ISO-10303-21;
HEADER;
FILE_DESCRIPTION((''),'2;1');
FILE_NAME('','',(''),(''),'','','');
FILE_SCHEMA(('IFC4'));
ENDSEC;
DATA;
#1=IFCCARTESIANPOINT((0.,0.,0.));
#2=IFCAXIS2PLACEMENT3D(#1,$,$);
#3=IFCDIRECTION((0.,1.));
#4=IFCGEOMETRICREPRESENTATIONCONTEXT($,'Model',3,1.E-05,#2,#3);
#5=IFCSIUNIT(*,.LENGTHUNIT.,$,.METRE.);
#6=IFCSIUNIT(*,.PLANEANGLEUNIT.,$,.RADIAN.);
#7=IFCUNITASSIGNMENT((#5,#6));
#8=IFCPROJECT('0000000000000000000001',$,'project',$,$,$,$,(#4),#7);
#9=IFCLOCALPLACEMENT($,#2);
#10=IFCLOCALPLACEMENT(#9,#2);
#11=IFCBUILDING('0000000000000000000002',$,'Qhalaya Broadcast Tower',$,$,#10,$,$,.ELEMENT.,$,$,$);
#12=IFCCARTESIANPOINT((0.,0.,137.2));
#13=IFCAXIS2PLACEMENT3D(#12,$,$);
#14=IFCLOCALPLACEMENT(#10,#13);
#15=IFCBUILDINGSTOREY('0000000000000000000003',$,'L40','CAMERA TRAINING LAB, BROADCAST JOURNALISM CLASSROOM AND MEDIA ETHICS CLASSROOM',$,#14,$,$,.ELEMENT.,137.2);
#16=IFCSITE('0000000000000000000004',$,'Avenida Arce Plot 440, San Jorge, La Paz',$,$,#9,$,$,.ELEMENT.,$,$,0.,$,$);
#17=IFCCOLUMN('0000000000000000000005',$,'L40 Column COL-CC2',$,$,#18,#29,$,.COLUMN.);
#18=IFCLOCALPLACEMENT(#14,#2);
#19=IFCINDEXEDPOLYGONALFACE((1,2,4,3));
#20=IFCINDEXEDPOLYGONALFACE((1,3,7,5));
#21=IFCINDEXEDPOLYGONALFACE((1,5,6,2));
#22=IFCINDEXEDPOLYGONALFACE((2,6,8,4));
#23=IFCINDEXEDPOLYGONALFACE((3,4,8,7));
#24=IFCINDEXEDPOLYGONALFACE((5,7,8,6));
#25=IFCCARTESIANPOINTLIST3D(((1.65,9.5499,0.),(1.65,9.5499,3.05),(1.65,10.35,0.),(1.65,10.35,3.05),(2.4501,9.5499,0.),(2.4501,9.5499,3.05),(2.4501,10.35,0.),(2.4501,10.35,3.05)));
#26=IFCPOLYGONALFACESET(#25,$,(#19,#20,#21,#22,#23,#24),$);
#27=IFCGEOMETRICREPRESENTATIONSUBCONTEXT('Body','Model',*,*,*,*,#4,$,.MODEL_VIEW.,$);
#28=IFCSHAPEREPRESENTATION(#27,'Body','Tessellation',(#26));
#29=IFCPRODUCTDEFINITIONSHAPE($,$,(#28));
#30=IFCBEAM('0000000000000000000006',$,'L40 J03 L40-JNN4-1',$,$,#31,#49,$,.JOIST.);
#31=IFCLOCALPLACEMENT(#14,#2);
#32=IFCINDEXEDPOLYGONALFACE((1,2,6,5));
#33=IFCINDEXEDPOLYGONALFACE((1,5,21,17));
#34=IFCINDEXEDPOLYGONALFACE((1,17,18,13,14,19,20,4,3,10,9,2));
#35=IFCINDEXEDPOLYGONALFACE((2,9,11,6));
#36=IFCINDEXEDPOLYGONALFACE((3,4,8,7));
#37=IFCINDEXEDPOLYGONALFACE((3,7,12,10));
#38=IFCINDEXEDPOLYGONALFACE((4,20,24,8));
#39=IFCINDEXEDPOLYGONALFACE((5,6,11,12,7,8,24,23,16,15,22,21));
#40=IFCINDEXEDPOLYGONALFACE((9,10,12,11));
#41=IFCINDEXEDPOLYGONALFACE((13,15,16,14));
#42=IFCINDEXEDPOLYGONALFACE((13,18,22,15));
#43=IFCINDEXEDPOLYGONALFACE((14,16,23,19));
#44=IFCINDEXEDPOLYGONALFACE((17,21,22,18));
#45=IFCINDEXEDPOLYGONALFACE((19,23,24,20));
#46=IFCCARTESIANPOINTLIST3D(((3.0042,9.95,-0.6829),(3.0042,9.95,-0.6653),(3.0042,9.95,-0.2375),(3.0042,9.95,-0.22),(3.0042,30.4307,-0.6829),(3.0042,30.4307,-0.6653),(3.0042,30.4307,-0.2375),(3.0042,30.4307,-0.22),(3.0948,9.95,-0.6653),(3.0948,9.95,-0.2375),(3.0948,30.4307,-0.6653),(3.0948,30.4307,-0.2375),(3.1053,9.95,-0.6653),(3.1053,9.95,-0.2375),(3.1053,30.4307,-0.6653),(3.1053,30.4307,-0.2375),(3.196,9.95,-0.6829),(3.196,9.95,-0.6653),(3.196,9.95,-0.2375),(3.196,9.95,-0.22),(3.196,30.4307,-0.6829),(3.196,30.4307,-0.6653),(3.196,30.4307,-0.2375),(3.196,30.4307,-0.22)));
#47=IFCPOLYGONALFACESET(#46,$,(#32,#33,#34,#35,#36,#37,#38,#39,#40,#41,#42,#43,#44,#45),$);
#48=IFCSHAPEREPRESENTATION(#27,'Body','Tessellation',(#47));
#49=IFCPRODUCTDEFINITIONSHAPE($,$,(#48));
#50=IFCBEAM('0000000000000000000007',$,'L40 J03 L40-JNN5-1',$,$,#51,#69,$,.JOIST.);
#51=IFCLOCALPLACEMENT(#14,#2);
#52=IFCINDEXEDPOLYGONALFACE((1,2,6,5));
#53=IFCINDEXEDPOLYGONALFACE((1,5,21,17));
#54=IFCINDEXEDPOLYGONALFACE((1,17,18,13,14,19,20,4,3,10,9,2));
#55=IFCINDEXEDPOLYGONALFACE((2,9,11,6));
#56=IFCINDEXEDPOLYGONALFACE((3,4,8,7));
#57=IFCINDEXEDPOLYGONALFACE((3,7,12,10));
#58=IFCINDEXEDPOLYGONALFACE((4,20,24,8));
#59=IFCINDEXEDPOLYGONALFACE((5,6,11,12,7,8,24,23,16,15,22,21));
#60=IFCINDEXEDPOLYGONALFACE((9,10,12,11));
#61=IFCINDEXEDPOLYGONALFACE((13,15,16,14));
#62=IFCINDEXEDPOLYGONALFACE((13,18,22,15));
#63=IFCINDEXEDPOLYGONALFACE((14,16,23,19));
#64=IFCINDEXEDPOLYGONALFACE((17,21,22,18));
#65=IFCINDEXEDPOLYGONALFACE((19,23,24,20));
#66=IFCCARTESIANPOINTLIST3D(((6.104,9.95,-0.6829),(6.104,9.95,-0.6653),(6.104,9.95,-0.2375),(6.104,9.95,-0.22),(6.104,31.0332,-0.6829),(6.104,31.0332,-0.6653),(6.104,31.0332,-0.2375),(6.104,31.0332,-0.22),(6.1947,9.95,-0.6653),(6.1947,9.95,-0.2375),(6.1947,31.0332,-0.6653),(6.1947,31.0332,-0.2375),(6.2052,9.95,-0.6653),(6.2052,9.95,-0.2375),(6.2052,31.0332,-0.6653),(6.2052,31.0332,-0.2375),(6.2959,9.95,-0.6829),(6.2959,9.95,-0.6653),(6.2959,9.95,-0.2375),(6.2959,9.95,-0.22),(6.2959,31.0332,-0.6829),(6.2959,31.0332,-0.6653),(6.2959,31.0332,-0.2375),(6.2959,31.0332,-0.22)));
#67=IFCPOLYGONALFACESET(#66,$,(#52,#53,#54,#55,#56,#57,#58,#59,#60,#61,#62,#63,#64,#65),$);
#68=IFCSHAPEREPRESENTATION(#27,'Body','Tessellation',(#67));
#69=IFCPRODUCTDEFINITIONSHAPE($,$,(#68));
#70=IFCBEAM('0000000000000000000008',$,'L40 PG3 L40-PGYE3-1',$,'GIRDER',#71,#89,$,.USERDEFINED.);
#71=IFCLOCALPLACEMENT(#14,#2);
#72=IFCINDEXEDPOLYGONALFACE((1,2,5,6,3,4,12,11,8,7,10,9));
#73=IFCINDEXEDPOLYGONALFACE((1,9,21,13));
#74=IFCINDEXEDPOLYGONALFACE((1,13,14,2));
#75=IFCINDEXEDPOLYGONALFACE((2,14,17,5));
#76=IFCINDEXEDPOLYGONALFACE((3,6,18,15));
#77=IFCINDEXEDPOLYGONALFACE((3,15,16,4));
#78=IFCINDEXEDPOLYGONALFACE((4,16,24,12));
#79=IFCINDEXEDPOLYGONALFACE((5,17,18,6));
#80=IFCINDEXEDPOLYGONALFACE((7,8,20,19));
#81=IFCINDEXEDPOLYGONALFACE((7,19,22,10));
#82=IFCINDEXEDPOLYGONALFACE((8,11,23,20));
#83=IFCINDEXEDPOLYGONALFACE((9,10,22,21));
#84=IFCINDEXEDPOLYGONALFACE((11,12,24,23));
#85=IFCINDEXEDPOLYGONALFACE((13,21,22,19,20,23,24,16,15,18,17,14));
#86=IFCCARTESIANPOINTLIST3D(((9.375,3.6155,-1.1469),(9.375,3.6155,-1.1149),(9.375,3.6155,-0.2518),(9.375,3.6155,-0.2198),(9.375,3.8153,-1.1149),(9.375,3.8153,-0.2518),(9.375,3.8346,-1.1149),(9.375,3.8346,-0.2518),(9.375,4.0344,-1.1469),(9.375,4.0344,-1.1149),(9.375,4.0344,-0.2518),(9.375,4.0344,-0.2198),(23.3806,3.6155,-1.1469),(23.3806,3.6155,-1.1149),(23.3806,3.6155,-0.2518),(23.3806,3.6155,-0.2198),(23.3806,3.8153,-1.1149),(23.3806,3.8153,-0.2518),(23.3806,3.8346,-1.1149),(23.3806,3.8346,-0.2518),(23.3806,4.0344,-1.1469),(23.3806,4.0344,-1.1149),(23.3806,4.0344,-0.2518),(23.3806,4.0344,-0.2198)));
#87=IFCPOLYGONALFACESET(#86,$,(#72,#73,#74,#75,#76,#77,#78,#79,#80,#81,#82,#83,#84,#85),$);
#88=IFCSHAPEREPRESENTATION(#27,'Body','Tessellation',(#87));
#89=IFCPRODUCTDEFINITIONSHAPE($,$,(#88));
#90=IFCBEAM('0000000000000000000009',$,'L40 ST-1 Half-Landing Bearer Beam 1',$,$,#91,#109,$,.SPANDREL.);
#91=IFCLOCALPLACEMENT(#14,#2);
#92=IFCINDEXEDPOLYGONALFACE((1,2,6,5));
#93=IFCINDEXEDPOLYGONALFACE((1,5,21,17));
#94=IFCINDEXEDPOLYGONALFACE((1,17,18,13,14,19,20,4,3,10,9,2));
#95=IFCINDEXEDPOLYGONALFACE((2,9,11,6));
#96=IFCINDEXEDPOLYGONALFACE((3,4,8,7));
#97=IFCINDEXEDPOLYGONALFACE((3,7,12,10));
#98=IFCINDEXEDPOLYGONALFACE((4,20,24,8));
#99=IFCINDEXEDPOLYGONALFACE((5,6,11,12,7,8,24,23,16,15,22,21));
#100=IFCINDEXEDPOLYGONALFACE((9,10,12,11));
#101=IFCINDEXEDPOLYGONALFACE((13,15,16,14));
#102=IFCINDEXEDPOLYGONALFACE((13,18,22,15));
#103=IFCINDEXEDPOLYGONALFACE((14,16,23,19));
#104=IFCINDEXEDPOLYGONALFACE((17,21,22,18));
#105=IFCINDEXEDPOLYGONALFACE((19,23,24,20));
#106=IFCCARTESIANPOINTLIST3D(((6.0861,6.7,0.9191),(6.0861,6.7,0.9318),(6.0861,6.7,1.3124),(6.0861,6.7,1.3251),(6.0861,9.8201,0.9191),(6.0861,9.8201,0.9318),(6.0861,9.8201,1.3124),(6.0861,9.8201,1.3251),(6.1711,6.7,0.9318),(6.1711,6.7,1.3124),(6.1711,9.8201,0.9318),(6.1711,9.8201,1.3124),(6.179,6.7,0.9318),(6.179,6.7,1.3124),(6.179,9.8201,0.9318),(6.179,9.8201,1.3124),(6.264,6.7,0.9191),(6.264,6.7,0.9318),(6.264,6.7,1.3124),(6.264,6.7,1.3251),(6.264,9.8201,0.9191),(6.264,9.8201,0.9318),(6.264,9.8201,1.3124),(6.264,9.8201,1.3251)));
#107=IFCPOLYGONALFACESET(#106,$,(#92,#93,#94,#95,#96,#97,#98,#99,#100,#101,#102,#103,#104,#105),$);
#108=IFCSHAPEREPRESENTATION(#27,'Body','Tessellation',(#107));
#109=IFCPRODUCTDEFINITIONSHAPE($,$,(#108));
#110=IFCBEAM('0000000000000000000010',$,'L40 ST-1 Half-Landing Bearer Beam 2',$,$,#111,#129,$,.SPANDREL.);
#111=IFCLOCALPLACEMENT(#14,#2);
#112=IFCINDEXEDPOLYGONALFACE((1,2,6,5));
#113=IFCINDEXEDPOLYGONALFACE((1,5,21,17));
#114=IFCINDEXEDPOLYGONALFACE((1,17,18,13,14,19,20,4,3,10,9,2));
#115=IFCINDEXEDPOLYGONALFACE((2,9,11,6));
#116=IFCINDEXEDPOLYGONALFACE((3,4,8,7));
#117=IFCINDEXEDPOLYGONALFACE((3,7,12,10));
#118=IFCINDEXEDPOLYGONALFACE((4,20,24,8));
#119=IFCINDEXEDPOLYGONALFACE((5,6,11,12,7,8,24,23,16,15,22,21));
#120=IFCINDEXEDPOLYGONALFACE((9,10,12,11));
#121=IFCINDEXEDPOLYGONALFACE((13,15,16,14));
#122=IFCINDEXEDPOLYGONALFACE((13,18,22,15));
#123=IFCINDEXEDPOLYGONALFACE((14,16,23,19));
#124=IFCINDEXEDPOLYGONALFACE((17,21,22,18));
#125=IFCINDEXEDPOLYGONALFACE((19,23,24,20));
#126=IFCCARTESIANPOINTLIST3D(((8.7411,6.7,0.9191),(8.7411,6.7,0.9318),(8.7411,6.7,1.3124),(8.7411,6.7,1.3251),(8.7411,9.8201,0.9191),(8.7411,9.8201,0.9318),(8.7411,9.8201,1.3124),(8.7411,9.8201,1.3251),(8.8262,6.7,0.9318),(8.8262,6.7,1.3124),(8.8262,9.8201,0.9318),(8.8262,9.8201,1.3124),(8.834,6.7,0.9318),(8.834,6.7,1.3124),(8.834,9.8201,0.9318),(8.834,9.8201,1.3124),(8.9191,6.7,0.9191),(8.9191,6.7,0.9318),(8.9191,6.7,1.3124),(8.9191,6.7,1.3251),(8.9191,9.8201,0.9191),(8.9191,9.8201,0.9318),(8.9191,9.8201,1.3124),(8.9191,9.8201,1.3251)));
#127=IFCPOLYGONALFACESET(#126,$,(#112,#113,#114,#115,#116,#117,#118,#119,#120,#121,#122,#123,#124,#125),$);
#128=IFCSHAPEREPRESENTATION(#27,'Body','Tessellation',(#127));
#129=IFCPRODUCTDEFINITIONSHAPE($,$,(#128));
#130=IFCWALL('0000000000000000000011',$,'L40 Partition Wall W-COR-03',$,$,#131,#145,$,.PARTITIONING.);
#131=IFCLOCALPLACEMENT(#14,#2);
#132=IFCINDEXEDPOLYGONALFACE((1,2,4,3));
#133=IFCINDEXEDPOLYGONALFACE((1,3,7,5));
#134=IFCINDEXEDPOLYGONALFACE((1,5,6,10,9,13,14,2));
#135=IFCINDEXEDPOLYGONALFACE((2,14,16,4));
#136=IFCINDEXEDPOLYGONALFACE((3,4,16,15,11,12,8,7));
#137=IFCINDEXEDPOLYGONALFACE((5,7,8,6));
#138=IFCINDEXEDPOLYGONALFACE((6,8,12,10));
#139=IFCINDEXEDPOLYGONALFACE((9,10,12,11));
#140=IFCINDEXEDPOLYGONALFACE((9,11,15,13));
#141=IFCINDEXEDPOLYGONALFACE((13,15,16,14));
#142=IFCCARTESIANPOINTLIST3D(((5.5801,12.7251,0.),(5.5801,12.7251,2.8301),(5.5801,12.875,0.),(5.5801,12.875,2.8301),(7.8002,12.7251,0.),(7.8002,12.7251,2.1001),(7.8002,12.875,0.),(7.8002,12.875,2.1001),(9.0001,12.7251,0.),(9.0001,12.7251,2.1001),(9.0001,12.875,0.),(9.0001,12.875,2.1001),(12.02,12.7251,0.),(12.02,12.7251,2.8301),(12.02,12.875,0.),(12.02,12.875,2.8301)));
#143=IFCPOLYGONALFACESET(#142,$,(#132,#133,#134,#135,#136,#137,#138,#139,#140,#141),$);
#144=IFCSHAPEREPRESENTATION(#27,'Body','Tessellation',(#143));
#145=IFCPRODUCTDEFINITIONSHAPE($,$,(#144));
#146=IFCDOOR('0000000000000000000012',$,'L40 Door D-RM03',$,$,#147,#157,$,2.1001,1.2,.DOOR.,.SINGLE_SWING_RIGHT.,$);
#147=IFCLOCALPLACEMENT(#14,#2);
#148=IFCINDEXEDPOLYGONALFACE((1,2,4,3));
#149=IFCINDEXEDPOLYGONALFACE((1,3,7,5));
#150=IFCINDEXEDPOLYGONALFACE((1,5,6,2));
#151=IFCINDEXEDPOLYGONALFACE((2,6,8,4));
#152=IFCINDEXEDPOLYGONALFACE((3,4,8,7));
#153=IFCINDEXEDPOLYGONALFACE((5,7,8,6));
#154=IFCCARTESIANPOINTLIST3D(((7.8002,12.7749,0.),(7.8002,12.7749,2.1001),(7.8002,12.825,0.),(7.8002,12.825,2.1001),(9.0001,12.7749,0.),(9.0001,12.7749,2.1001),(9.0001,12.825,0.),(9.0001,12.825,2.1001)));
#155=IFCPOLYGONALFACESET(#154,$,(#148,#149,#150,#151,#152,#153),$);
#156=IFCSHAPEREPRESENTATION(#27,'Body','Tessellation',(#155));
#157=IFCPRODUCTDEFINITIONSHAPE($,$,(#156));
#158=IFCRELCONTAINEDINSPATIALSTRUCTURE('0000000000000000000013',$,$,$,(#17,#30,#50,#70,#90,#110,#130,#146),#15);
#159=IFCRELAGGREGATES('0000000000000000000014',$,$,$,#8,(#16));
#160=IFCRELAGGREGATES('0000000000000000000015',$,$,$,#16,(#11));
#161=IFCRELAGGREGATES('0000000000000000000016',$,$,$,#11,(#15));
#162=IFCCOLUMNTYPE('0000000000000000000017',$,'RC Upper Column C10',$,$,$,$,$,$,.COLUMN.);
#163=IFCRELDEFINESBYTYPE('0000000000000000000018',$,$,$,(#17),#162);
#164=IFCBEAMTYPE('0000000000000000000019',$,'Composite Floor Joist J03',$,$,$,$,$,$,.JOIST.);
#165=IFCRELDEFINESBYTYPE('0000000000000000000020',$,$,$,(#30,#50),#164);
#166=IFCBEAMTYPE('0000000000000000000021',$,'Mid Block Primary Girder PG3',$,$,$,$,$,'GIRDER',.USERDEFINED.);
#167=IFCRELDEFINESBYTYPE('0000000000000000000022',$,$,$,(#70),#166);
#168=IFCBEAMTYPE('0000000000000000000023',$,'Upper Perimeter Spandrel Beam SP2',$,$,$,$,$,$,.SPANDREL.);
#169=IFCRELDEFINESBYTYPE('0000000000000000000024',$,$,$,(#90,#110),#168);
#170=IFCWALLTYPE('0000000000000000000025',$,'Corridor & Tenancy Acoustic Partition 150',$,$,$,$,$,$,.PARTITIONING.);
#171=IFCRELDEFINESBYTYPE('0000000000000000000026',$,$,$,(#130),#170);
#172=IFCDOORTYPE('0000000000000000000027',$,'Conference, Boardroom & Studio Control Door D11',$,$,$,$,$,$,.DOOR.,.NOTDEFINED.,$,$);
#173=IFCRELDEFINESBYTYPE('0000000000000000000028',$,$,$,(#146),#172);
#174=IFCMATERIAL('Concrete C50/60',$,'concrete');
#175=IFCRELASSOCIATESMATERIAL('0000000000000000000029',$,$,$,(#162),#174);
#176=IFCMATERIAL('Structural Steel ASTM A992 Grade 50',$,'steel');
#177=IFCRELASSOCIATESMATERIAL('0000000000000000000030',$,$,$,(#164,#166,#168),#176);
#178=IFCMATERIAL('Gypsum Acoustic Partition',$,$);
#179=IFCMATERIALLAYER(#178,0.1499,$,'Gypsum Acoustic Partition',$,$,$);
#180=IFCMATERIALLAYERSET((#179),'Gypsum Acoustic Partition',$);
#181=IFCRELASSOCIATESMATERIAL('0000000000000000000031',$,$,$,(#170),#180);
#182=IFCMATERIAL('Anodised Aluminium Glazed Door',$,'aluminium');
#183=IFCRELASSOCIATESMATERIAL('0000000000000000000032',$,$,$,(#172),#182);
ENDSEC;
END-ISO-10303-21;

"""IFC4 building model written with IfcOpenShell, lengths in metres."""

from ifc_helpers import new_model, si_unit, direction, frame, frame_2d, origin, origin_2d, place, context, subcontext, project, spatial, rectangle, i_section, extrude, material, layer, layer_set, material_profile, profile_set, type_object, element, fill, save


model = new_model("IFC4")

# Units and contexts
model_context = context("Model", 3, precision=1e-05, world=origin(), true_north=direction((0.0, 1.0)))
body_context = subcontext(model_context, "Body", "Model", "MODEL_VIEW")
ifc_project = project(units=[si_unit("LENGTHUNIT", "METRE"), si_unit("PLANEANGLEUNIT", "RADIAN")], contexts=[model_context])

# Site, building, storey
site_placement = place(None, origin())
site = spatial("IfcSite", under=ifc_project, at=site_placement, Name="Avenida Arce Plot 440, San Jorge, La Paz", CompositionType="ELEMENT", RefElevation=0.0)
building_placement = place(site_placement, origin())
building = spatial("IfcBuilding", under=site, at=building_placement, Name="Qhalaya Broadcast Tower", CompositionType="ELEMENT")
storey_placement = place(building_placement, frame((0.0, 0.0, 137.2)))
storey = spatial("IfcBuildingStorey", under=building, at=storey_placement, Name="L40", Description="CAMERA TRAINING LAB, BROADCAST JOURNALISM CLASSROOM AND MEDIA ETHICS CLASSROOM", CompositionType="ELEMENT", Elevation=137.2)

# Column
ifc_material_1 = material(Name="Concrete C50/60", Category="concrete")
ifc_material_profile_1 = material_profile(ifc_material_1, rectangle(XDim=0.8, YDim=0.8, at=origin_2d()), Name="RC-COL 800x800")
ifc_profile_set_1 = profile_set([ifc_material_profile_1], Name="Concrete C50/60")
column_type = type_object("IfcColumnType", Name="RC Upper Column C10", PredefinedType="COLUMN", material=ifc_profile_set_1)
column_placement = place(storey_placement, frame((2.05, 9.95, 0.0), z_axis=(0.0, 0.0, 1.0), x_axis=(1.0, 0.0, 0.0)))
element("IfcColumn", 1, at=column_placement, inside=storey, type_object=column_type, Name="L40 Column COL-CC2", PredefinedType="COLUMN", context=body_context, shape_type="SweptSolid", body=[
    extrude(rectangle(XDim=0.8, YDim=0.8, at=origin_2d()), origin(), (0.0, 0.0, 1.0), 3.05),
])

# Beams
ifc_material_2 = material(Name="Structural Steel ASTM A992 Grade 50", Category="steel")
ifc_material_profile_2 = material_profile(ifc_material_2, i_section(OverallWidth=0.1919, OverallDepth=0.4629, WebThickness=0.0105, FlangeThickness=0.0176, at=origin_2d()), Name="W18X60")
ifc_profile_set_2 = profile_set([ifc_material_profile_2], Name="Structural Steel ASTM A992 Grade 50")
beam_type_1 = type_object("IfcBeamType", Name="Composite Floor Joist J03", PredefinedType="JOIST", material=ifc_profile_set_2)
beam_1_placement = place(storey_placement, frame((3.1001, 9.95, -0.4514), z_axis=(0.0, 1.0, 0.0), x_axis=(-1.0, 0.0, 0.0)))
element("IfcBeam", 2, at=beam_1_placement, inside=storey, type_object=beam_type_1, Name="L40 J03 L40-JNN4-1", PredefinedType="JOIST", context=body_context, shape_type="SweptSolid", body=[
    extrude(i_section(OverallWidth=0.1919, OverallDepth=0.4629, WebThickness=0.0105, FlangeThickness=0.0176, at=origin_2d()), origin(), (0.0, 0.0, 1.0), 20.4807),
])
beam_2_placement = place(storey_placement, frame((6.2, 9.95, -0.4514), z_axis=(0.0, 1.0, 0.0), x_axis=(-1.0, 0.0, 0.0)))
element("IfcBeam", 3, at=beam_2_placement, inside=storey, type_object=beam_type_1, Name="L40 J03 L40-JNN5-1", PredefinedType="JOIST", context=body_context, shape_type="SweptSolid", body=[
    extrude(i_section(OverallWidth=0.1919, OverallDepth=0.4629, WebThickness=0.0105, FlangeThickness=0.0176, at=origin_2d()), origin(), (0.0, 0.0, 1.0), 21.0833),
])
ifc_material_profile_3 = material_profile(ifc_material_2, i_section(OverallWidth=0.4189, OverallDepth=0.927, WebThickness=0.0193, FlangeThickness=0.032, at=origin_2d()), Name="W36X231")
ifc_profile_set_3 = profile_set([ifc_material_profile_3], Name="Structural Steel ASTM A992 Grade 50")
beam_type_2 = type_object("IfcBeamType", Name="Mid Block Primary Girder PG3", ElementType="GIRDER", PredefinedType="USERDEFINED", material=ifc_profile_set_3)
beam_3_placement = place(storey_placement, frame((9.375, 3.825, -0.6833), z_axis=(1.0, 0.0, 0.0), x_axis=(0.0, 1.0, 0.0)))
element("IfcBeam", 4, at=beam_3_placement, inside=storey, type_object=beam_type_2, Name="L40 PG3 L40-PGYE3-1", ObjectType="GIRDER", PredefinedType="USERDEFINED", context=body_context, shape_type="SweptSolid", body=[
    extrude(i_section(OverallWidth=0.4189, OverallDepth=0.927, WebThickness=0.0193, FlangeThickness=0.032, at=origin_2d()), origin(), (0.0, 0.0, 1.0), 14.0056),
])
ifc_material_profile_4 = material_profile(ifc_material_2, i_section(OverallWidth=0.178, OverallDepth=0.406, WebThickness=0.0078, FlangeThickness=0.0127, at=origin_2d()), Name="W16X40")
ifc_profile_set_4 = profile_set([ifc_material_profile_4], Name="Structural Steel ASTM A992 Grade 50")
beam_type_3 = type_object("IfcBeamType", Name="Upper Perimeter Spandrel Beam SP2", PredefinedType="SPANDREL", material=ifc_profile_set_4)
for number, where, z_axis, x_axis, name in (
    (5, (6.175, 6.7, 1.1221), (0.0, 1.0, 0.0), (-1.0, 0.0, 0.0), "L40 ST-1 Half-Landing Bearer Beam 1"),
    (6, (8.8301, 6.7, 1.1221), (0.0, 1.0, 0.0), (-1.0, 0.0, 0.0), "L40 ST-1 Half-Landing Bearer Beam 2"),
):
    element("IfcBeam", number, at=place(storey_placement, frame(where, z_axis=z_axis, x_axis=x_axis)), inside=storey, type_object=beam_type_3, Name=name, PredefinedType="SPANDREL", context=body_context, shape_type="SweptSolid", body=[
        extrude(i_section(OverallWidth=0.178, OverallDepth=0.406, WebThickness=0.0078, FlangeThickness=0.0127, at=origin_2d()), origin(), (0.0, 0.0, 1.0), 3.1201),
    ])

# Wall, opening, door
ifc_material_3 = material(Name="Gypsum Acoustic Partition")
ifc_layer_1 = layer(ifc_material_3, 0.1499, Name="Gypsum Acoustic Partition")
ifc_layer_set_1 = layer_set([ifc_layer_1], Name="Gypsum Acoustic Partition")
wall_type_1 = type_object("IfcWallType", Name="Corridor & Tenancy Acoustic Partition 150", PredefinedType="PARTITIONING", material=ifc_layer_set_1)
wall_1_placement = place(storey_placement, frame((5.5801, 12.8, 0.0), z_axis=(0.0, 0.0, 1.0), x_axis=(1.0, 0.0, 0.0)))
wall_1 = element("IfcWall", 7, at=wall_1_placement, inside=storey, type_object=wall_type_1, Name="L40 Partition Wall W-COR-03", PredefinedType="PARTITIONING", context=body_context, shape_type="SweptSolid", body=[
    extrude(rectangle(XDim=6.4399, YDim=0.1499, at=frame_2d((3.22, 0.0))), origin(), (0.0, 0.0, 1.0), 2.8301),
])
opening_1_placement = place(wall_1_placement, frame((2.22, 0.0, 0.0)))
opening_1 = element("IfcOpeningElement", 8, at=opening_1_placement, cuts=wall_1, PredefinedType="OPENING", context=body_context, shape_type="SweptSolid", body=[
    extrude(rectangle(XDim=1.2, YDim=2.1001, at=frame_2d((0.6001, 1.05))), frame((0.0, 0.0869, 0.0), z_axis=(0.0, -1.0, 0.0), x_axis=(1.0, 0.0, 0.0)), (0.0, 0.0, 1.0), 0.1738),
])
ifc_material_4 = material(Name="Anodised Aluminium Glazed Door", Category="aluminium")
door_type_1 = type_object("IfcDoorType", Name="Conference, Boardroom & Studio Control Door D11", OperationType="NOTDEFINED", PredefinedType="DOOR", material=ifc_material_4)
door_1_placement = place(opening_1_placement, origin())
door_1 = element("IfcDoor", 9, at=door_1_placement, inside=storey, type_object=door_type_1, Name="L40 Door D-RM03", OperationType="SINGLE_SWING_RIGHT", OverallHeight=2.1001, OverallWidth=1.2, PredefinedType="DOOR", context=body_context, shape_type="SweptSolid", body=[
    extrude(rectangle(XDim=1.2, YDim=2.1001, at=frame_2d((0.6001, 1.05))), frame((0.0, 0.0249, 0.0), z_axis=(0.0, -1.0, 0.0), x_axis=(1.0, 0.0, 0.0)), (0.0, 0.0, 1.0), 0.05),
])
fill(opening_1, door_1)

save(model, "model.ifc")
